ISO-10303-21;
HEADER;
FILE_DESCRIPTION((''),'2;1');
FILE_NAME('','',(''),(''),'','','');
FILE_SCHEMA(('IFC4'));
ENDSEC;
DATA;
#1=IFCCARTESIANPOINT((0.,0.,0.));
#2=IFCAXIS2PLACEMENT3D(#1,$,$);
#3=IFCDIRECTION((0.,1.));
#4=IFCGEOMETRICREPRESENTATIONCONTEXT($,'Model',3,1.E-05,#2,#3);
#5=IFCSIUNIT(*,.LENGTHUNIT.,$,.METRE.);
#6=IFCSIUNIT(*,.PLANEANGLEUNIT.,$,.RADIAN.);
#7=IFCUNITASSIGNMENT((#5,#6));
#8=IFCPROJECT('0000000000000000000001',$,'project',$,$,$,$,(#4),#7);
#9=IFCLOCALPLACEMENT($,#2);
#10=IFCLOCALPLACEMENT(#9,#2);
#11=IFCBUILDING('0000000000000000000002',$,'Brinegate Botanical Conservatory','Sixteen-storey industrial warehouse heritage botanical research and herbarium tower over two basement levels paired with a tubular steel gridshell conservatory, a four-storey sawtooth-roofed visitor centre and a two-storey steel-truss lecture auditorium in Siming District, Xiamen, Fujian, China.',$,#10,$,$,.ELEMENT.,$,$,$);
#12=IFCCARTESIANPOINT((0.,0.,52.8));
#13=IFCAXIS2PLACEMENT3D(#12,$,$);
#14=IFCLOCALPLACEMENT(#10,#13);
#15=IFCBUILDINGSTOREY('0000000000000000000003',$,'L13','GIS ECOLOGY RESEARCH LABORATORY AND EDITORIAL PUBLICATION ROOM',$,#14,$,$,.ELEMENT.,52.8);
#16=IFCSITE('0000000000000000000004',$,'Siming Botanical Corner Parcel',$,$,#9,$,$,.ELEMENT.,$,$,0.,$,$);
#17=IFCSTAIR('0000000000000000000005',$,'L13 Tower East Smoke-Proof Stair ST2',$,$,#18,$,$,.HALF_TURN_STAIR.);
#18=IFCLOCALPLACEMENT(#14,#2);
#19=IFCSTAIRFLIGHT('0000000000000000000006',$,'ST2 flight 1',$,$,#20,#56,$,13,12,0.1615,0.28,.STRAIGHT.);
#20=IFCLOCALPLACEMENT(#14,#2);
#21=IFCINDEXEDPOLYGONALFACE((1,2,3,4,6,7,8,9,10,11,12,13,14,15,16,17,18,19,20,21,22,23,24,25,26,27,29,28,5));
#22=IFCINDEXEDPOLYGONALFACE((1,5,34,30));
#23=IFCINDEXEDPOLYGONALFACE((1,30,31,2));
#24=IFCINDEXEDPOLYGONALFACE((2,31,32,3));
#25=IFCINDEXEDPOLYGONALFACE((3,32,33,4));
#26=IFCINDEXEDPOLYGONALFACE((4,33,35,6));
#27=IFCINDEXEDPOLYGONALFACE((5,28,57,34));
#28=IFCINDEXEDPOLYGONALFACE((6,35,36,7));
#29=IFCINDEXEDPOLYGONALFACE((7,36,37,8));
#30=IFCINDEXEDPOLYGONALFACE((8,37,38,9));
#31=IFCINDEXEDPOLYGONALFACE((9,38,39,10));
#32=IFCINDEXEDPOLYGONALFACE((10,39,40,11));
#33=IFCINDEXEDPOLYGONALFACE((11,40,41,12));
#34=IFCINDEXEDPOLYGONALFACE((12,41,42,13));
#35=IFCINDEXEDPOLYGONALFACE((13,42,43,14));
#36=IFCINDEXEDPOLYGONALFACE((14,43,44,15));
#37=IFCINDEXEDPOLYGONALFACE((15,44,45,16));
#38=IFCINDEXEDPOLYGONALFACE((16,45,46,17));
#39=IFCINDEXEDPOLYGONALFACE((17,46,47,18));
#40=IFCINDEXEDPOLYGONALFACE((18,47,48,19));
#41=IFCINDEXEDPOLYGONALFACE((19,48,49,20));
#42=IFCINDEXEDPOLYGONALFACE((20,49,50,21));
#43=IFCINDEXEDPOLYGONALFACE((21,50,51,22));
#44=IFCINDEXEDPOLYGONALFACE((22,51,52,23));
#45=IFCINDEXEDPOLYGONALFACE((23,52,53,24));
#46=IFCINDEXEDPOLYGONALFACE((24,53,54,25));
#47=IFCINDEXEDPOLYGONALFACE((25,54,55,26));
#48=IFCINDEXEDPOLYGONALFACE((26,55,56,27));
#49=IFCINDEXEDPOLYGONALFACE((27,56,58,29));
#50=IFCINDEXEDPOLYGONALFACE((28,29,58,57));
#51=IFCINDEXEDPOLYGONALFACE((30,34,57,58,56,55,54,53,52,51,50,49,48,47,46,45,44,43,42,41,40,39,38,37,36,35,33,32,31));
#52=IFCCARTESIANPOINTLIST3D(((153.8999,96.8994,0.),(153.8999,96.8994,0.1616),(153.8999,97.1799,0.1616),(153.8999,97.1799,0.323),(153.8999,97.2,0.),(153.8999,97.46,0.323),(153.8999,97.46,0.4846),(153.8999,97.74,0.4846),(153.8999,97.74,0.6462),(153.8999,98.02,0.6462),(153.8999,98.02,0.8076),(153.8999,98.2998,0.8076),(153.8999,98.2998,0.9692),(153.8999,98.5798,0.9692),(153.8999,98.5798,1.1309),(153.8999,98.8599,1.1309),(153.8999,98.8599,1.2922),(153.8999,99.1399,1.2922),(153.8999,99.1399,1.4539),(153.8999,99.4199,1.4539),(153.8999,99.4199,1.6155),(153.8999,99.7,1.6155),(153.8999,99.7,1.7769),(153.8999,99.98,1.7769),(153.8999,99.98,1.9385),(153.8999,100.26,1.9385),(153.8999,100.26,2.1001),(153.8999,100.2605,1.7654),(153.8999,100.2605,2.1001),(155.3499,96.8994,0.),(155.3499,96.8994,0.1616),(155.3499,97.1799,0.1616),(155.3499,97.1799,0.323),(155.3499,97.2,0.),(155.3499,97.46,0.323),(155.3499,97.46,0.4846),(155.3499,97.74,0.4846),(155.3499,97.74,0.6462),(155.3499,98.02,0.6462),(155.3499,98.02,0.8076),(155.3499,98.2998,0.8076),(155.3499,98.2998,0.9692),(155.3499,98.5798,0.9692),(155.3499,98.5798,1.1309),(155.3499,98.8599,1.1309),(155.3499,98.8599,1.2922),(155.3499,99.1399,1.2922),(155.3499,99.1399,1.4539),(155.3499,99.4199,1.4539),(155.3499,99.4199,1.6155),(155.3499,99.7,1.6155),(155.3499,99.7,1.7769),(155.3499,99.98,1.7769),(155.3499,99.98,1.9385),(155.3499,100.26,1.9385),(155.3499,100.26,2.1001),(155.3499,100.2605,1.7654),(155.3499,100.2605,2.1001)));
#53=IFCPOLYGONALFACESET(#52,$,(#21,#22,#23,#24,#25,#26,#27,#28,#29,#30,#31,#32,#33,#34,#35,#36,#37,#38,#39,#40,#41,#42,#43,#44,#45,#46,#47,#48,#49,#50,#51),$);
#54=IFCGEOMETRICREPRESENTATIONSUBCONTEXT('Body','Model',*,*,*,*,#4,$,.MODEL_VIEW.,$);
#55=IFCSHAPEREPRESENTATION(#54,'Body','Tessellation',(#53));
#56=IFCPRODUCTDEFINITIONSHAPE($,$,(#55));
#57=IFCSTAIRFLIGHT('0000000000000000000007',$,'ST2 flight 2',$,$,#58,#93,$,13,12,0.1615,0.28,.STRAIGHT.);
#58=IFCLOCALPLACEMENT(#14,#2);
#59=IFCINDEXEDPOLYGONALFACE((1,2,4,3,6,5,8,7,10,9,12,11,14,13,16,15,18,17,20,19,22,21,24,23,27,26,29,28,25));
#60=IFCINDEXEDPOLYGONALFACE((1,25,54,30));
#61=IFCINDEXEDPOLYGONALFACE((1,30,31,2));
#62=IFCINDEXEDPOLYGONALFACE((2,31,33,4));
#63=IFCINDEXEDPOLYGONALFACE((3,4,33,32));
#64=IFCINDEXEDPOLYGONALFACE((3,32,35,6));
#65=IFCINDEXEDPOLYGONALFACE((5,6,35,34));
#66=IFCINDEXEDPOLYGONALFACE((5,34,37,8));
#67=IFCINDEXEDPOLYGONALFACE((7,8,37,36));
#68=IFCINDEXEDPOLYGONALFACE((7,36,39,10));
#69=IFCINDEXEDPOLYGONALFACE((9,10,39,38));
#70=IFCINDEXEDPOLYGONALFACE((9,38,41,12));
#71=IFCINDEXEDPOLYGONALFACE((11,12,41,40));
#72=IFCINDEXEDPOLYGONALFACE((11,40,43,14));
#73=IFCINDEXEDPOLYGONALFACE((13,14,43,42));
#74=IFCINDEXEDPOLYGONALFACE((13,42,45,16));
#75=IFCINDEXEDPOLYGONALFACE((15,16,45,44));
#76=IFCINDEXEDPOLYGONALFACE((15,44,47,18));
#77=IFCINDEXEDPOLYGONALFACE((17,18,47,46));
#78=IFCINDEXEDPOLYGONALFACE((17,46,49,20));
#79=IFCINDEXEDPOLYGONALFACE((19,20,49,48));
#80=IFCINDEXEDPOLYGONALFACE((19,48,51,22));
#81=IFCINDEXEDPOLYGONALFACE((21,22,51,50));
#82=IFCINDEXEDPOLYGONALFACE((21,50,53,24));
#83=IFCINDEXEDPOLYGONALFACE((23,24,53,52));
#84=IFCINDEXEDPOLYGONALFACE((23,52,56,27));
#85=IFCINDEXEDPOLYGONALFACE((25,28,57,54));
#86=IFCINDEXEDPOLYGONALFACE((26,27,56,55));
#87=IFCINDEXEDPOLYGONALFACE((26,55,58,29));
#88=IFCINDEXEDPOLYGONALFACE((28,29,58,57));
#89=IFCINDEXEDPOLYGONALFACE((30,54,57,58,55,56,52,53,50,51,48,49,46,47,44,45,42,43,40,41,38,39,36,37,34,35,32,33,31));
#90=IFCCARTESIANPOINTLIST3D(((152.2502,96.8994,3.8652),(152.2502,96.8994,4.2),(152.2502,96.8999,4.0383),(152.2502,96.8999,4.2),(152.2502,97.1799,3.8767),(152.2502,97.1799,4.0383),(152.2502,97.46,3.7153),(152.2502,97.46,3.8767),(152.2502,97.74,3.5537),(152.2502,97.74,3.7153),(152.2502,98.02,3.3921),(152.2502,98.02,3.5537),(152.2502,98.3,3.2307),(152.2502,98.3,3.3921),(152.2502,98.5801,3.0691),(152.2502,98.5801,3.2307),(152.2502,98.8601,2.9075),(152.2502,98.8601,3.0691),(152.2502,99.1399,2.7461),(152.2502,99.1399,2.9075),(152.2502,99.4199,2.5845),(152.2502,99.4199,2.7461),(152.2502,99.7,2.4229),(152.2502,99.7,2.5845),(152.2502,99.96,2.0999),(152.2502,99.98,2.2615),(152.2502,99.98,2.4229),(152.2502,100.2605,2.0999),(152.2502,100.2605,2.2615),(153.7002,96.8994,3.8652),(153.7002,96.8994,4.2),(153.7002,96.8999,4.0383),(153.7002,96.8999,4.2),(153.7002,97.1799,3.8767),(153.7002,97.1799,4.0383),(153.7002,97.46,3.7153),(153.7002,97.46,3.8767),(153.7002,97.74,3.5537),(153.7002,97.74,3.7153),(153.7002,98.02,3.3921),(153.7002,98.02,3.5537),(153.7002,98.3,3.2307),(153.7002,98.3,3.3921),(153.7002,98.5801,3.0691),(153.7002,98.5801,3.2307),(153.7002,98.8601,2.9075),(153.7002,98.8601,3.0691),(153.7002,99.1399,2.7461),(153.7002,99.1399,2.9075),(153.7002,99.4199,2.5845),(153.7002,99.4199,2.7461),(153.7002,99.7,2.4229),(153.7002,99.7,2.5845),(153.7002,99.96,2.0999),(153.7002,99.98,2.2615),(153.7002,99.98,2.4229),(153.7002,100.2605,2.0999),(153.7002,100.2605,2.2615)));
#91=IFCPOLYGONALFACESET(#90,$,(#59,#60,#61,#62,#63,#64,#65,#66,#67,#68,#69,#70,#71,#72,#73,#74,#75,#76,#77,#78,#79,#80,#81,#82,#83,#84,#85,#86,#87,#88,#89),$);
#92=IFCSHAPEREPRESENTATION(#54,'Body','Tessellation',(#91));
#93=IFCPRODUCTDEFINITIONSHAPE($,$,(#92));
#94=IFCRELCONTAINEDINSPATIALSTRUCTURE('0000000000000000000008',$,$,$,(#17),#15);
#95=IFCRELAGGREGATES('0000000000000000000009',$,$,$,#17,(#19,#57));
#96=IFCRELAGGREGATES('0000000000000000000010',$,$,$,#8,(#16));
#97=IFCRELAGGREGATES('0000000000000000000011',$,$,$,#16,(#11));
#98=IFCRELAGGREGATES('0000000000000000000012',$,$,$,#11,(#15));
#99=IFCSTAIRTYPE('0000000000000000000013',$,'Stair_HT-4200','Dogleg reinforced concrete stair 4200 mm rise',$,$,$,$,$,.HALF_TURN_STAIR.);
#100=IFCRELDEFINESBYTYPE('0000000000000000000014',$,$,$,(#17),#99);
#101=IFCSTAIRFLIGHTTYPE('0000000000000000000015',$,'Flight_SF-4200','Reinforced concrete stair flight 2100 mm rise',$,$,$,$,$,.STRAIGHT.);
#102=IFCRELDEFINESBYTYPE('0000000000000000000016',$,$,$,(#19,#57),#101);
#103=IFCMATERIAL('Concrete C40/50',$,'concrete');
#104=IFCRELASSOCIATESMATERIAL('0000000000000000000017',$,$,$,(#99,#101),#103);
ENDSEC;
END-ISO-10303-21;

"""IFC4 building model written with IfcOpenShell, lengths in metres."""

from ifc_helpers import new_model, si_unit, direction, frame, origin, place, context, subcontext, project, spatial, polyline, outline, extrude, material, type_object, element, aggregate, save


model = new_model("IFC4")

# Units and contexts
model_context = context("Model", 3, precision=1e-05, world=origin(), true_north=direction((0.0, 1.0)))
body_context = subcontext(model_context, "Body", "Model", "MODEL_VIEW")
ifc_project = project(units=[si_unit("LENGTHUNIT", "METRE"), si_unit("PLANEANGLEUNIT", "RADIAN")], contexts=[model_context])

# Site, building, storey
site_placement = place(None, origin())
site = spatial("IfcSite", under=ifc_project, at=site_placement, Name="Siming Botanical Corner Parcel", CompositionType="ELEMENT", RefElevation=0.0)
building_placement = place(site_placement, origin())
building = spatial("IfcBuilding", under=site, at=building_placement, Name="Brinegate Botanical Conservatory", Description="Sixteen-storey industrial warehouse heritage botanical research and herbarium tower over two basement levels paired with a tubular steel gridshell conservatory, a four-storey sawtooth-roofed visitor centre and a two-storey steel-truss lecture auditorium in Siming District, Xiamen, Fujian, China.", CompositionType="ELEMENT")
storey_placement = place(building_placement, frame((0.0, 0.0, 52.8)))
storey = spatial("IfcBuildingStorey", under=building, at=storey_placement, Name="L13", Description="GIS ECOLOGY RESEARCH LABORATORY AND EDITORIAL PUBLICATION ROOM", CompositionType="ELEMENT", Elevation=52.8)

# Shared definitions
ifc_material_1 = material(Name="Concrete C40/50", Category="concrete")

# Stair, stair flights
stair_type = type_object("IfcStairType", Name="Stair_HT-4200", Description="Dogleg reinforced concrete stair 4200 mm rise", PredefinedType="HALF_TURN_STAIR", material=ifc_material_1)
stair_placement = place(storey_placement, origin())
stair = element("IfcStair", 1, at=stair_placement, inside=storey, type_object=stair_type, Name="L13 Tower East Smoke-Proof Stair ST2", PredefinedType="HALF_TURN_STAIR")
stair_flight_type = type_object("IfcStairFlightType", Name="Flight_SF-4200", Description="Reinforced concrete stair flight 2100 mm rise", PredefinedType="STRAIGHT", material=ifc_material_1)
stair_flight_1_placement = place(storey_placement, frame((154.625, 96.8999, 0.0), z_axis=(0.0, 0.0, 1.0), x_axis=(0.0, 1.0, 0.0)))
stair_flight_1 = element("IfcStairFlight", 2, at=stair_flight_1_placement, type_object=stair_flight_type, Name="ST2 flight 1", NumberOfRisers=13, NumberOfTreads=12, PredefinedType="STRAIGHT", RiserHeight=0.1615, TreadLength=0.28, context=body_context, shape_type="SweptSolid", body=[
    extrude(outline(polyline([(-0.0005, 0.0), (-0.0005, 0.1616), (0.28, 0.1616), (0.28, 0.323), (0.5601, 0.323), (0.5601, 0.4846), (0.8401, 0.4846), (0.8401, 0.6462), (1.1201, 0.6462), (1.1201, 0.8076), (1.3999, 0.8076), (1.3999, 0.9692), (1.6799, 0.9692), (1.6799, 1.1309), (1.96, 1.1309), (1.96, 1.2922), (2.24, 1.2922), (2.24, 1.4539), (2.52, 1.4539), (2.52, 1.6155), (2.8, 1.6155), (2.8, 1.7769), (3.0801, 1.7769), (3.0801, 1.9385), (3.3601, 1.9385), (3.3601, 2.1001), (3.3606, 2.1001), (3.3606, 1.7654), (0.3, 0.0), (-0.0005, 0.0)])), frame((0.0, 0.7251, 0.0), z_axis=(0.0, -1.0, 0.0), x_axis=(1.0, 0.0, 0.0)), (0.0, 0.0, 1.0), 1.45),
])
stair_flight_2_placement = place(storey_placement, frame((152.9751, 100.26, 2.0999), z_axis=(0.0, 0.0, 1.0), x_axis=(0.0, -1.0, 0.0)))
stair_flight_2 = element("IfcStairFlight", 3, at=stair_flight_2_placement, type_object=stair_flight_type, Name="ST2 flight 2", NumberOfRisers=13, NumberOfTreads=12, PredefinedType="STRAIGHT", RiserHeight=0.1615, TreadLength=0.28, context=body_context, shape_type="SweptSolid", body=[
    extrude(outline(polyline([(-0.0005, 0.0), (-0.0005, 0.1616), (0.28, 0.1616), (0.28, 0.323), (0.5601, 0.323), (0.5601, 0.4846), (0.8401, 0.4846), (0.8401, 0.6462), (1.1201, 0.6462), (1.1201, 0.8076), (1.3999, 0.8076), (1.3999, 0.9692), (1.6799, 0.9692), (1.6799, 1.1309), (1.96, 1.1309), (1.96, 1.2922), (2.24, 1.2922), (2.24, 1.4539), (2.52, 1.4539), (2.52, 1.6155), (2.8, 1.6155), (2.8, 1.7769), (3.0801, 1.7769), (3.0801, 1.9385), (3.3601, 1.9385), (3.3601, 2.1001), (3.3606, 2.1001), (3.3606, 1.7654), (0.3, 0.0), (-0.0005, 0.0)])), frame((0.0, 0.7251, 0.0), z_axis=(0.0, -1.0, 0.0), x_axis=(1.0, 0.0, 0.0)), (0.0, 0.0, 1.0), 1.45),
])
aggregate(stair, [stair_flight_1, stair_flight_2])

save(model, "model.ifc")
